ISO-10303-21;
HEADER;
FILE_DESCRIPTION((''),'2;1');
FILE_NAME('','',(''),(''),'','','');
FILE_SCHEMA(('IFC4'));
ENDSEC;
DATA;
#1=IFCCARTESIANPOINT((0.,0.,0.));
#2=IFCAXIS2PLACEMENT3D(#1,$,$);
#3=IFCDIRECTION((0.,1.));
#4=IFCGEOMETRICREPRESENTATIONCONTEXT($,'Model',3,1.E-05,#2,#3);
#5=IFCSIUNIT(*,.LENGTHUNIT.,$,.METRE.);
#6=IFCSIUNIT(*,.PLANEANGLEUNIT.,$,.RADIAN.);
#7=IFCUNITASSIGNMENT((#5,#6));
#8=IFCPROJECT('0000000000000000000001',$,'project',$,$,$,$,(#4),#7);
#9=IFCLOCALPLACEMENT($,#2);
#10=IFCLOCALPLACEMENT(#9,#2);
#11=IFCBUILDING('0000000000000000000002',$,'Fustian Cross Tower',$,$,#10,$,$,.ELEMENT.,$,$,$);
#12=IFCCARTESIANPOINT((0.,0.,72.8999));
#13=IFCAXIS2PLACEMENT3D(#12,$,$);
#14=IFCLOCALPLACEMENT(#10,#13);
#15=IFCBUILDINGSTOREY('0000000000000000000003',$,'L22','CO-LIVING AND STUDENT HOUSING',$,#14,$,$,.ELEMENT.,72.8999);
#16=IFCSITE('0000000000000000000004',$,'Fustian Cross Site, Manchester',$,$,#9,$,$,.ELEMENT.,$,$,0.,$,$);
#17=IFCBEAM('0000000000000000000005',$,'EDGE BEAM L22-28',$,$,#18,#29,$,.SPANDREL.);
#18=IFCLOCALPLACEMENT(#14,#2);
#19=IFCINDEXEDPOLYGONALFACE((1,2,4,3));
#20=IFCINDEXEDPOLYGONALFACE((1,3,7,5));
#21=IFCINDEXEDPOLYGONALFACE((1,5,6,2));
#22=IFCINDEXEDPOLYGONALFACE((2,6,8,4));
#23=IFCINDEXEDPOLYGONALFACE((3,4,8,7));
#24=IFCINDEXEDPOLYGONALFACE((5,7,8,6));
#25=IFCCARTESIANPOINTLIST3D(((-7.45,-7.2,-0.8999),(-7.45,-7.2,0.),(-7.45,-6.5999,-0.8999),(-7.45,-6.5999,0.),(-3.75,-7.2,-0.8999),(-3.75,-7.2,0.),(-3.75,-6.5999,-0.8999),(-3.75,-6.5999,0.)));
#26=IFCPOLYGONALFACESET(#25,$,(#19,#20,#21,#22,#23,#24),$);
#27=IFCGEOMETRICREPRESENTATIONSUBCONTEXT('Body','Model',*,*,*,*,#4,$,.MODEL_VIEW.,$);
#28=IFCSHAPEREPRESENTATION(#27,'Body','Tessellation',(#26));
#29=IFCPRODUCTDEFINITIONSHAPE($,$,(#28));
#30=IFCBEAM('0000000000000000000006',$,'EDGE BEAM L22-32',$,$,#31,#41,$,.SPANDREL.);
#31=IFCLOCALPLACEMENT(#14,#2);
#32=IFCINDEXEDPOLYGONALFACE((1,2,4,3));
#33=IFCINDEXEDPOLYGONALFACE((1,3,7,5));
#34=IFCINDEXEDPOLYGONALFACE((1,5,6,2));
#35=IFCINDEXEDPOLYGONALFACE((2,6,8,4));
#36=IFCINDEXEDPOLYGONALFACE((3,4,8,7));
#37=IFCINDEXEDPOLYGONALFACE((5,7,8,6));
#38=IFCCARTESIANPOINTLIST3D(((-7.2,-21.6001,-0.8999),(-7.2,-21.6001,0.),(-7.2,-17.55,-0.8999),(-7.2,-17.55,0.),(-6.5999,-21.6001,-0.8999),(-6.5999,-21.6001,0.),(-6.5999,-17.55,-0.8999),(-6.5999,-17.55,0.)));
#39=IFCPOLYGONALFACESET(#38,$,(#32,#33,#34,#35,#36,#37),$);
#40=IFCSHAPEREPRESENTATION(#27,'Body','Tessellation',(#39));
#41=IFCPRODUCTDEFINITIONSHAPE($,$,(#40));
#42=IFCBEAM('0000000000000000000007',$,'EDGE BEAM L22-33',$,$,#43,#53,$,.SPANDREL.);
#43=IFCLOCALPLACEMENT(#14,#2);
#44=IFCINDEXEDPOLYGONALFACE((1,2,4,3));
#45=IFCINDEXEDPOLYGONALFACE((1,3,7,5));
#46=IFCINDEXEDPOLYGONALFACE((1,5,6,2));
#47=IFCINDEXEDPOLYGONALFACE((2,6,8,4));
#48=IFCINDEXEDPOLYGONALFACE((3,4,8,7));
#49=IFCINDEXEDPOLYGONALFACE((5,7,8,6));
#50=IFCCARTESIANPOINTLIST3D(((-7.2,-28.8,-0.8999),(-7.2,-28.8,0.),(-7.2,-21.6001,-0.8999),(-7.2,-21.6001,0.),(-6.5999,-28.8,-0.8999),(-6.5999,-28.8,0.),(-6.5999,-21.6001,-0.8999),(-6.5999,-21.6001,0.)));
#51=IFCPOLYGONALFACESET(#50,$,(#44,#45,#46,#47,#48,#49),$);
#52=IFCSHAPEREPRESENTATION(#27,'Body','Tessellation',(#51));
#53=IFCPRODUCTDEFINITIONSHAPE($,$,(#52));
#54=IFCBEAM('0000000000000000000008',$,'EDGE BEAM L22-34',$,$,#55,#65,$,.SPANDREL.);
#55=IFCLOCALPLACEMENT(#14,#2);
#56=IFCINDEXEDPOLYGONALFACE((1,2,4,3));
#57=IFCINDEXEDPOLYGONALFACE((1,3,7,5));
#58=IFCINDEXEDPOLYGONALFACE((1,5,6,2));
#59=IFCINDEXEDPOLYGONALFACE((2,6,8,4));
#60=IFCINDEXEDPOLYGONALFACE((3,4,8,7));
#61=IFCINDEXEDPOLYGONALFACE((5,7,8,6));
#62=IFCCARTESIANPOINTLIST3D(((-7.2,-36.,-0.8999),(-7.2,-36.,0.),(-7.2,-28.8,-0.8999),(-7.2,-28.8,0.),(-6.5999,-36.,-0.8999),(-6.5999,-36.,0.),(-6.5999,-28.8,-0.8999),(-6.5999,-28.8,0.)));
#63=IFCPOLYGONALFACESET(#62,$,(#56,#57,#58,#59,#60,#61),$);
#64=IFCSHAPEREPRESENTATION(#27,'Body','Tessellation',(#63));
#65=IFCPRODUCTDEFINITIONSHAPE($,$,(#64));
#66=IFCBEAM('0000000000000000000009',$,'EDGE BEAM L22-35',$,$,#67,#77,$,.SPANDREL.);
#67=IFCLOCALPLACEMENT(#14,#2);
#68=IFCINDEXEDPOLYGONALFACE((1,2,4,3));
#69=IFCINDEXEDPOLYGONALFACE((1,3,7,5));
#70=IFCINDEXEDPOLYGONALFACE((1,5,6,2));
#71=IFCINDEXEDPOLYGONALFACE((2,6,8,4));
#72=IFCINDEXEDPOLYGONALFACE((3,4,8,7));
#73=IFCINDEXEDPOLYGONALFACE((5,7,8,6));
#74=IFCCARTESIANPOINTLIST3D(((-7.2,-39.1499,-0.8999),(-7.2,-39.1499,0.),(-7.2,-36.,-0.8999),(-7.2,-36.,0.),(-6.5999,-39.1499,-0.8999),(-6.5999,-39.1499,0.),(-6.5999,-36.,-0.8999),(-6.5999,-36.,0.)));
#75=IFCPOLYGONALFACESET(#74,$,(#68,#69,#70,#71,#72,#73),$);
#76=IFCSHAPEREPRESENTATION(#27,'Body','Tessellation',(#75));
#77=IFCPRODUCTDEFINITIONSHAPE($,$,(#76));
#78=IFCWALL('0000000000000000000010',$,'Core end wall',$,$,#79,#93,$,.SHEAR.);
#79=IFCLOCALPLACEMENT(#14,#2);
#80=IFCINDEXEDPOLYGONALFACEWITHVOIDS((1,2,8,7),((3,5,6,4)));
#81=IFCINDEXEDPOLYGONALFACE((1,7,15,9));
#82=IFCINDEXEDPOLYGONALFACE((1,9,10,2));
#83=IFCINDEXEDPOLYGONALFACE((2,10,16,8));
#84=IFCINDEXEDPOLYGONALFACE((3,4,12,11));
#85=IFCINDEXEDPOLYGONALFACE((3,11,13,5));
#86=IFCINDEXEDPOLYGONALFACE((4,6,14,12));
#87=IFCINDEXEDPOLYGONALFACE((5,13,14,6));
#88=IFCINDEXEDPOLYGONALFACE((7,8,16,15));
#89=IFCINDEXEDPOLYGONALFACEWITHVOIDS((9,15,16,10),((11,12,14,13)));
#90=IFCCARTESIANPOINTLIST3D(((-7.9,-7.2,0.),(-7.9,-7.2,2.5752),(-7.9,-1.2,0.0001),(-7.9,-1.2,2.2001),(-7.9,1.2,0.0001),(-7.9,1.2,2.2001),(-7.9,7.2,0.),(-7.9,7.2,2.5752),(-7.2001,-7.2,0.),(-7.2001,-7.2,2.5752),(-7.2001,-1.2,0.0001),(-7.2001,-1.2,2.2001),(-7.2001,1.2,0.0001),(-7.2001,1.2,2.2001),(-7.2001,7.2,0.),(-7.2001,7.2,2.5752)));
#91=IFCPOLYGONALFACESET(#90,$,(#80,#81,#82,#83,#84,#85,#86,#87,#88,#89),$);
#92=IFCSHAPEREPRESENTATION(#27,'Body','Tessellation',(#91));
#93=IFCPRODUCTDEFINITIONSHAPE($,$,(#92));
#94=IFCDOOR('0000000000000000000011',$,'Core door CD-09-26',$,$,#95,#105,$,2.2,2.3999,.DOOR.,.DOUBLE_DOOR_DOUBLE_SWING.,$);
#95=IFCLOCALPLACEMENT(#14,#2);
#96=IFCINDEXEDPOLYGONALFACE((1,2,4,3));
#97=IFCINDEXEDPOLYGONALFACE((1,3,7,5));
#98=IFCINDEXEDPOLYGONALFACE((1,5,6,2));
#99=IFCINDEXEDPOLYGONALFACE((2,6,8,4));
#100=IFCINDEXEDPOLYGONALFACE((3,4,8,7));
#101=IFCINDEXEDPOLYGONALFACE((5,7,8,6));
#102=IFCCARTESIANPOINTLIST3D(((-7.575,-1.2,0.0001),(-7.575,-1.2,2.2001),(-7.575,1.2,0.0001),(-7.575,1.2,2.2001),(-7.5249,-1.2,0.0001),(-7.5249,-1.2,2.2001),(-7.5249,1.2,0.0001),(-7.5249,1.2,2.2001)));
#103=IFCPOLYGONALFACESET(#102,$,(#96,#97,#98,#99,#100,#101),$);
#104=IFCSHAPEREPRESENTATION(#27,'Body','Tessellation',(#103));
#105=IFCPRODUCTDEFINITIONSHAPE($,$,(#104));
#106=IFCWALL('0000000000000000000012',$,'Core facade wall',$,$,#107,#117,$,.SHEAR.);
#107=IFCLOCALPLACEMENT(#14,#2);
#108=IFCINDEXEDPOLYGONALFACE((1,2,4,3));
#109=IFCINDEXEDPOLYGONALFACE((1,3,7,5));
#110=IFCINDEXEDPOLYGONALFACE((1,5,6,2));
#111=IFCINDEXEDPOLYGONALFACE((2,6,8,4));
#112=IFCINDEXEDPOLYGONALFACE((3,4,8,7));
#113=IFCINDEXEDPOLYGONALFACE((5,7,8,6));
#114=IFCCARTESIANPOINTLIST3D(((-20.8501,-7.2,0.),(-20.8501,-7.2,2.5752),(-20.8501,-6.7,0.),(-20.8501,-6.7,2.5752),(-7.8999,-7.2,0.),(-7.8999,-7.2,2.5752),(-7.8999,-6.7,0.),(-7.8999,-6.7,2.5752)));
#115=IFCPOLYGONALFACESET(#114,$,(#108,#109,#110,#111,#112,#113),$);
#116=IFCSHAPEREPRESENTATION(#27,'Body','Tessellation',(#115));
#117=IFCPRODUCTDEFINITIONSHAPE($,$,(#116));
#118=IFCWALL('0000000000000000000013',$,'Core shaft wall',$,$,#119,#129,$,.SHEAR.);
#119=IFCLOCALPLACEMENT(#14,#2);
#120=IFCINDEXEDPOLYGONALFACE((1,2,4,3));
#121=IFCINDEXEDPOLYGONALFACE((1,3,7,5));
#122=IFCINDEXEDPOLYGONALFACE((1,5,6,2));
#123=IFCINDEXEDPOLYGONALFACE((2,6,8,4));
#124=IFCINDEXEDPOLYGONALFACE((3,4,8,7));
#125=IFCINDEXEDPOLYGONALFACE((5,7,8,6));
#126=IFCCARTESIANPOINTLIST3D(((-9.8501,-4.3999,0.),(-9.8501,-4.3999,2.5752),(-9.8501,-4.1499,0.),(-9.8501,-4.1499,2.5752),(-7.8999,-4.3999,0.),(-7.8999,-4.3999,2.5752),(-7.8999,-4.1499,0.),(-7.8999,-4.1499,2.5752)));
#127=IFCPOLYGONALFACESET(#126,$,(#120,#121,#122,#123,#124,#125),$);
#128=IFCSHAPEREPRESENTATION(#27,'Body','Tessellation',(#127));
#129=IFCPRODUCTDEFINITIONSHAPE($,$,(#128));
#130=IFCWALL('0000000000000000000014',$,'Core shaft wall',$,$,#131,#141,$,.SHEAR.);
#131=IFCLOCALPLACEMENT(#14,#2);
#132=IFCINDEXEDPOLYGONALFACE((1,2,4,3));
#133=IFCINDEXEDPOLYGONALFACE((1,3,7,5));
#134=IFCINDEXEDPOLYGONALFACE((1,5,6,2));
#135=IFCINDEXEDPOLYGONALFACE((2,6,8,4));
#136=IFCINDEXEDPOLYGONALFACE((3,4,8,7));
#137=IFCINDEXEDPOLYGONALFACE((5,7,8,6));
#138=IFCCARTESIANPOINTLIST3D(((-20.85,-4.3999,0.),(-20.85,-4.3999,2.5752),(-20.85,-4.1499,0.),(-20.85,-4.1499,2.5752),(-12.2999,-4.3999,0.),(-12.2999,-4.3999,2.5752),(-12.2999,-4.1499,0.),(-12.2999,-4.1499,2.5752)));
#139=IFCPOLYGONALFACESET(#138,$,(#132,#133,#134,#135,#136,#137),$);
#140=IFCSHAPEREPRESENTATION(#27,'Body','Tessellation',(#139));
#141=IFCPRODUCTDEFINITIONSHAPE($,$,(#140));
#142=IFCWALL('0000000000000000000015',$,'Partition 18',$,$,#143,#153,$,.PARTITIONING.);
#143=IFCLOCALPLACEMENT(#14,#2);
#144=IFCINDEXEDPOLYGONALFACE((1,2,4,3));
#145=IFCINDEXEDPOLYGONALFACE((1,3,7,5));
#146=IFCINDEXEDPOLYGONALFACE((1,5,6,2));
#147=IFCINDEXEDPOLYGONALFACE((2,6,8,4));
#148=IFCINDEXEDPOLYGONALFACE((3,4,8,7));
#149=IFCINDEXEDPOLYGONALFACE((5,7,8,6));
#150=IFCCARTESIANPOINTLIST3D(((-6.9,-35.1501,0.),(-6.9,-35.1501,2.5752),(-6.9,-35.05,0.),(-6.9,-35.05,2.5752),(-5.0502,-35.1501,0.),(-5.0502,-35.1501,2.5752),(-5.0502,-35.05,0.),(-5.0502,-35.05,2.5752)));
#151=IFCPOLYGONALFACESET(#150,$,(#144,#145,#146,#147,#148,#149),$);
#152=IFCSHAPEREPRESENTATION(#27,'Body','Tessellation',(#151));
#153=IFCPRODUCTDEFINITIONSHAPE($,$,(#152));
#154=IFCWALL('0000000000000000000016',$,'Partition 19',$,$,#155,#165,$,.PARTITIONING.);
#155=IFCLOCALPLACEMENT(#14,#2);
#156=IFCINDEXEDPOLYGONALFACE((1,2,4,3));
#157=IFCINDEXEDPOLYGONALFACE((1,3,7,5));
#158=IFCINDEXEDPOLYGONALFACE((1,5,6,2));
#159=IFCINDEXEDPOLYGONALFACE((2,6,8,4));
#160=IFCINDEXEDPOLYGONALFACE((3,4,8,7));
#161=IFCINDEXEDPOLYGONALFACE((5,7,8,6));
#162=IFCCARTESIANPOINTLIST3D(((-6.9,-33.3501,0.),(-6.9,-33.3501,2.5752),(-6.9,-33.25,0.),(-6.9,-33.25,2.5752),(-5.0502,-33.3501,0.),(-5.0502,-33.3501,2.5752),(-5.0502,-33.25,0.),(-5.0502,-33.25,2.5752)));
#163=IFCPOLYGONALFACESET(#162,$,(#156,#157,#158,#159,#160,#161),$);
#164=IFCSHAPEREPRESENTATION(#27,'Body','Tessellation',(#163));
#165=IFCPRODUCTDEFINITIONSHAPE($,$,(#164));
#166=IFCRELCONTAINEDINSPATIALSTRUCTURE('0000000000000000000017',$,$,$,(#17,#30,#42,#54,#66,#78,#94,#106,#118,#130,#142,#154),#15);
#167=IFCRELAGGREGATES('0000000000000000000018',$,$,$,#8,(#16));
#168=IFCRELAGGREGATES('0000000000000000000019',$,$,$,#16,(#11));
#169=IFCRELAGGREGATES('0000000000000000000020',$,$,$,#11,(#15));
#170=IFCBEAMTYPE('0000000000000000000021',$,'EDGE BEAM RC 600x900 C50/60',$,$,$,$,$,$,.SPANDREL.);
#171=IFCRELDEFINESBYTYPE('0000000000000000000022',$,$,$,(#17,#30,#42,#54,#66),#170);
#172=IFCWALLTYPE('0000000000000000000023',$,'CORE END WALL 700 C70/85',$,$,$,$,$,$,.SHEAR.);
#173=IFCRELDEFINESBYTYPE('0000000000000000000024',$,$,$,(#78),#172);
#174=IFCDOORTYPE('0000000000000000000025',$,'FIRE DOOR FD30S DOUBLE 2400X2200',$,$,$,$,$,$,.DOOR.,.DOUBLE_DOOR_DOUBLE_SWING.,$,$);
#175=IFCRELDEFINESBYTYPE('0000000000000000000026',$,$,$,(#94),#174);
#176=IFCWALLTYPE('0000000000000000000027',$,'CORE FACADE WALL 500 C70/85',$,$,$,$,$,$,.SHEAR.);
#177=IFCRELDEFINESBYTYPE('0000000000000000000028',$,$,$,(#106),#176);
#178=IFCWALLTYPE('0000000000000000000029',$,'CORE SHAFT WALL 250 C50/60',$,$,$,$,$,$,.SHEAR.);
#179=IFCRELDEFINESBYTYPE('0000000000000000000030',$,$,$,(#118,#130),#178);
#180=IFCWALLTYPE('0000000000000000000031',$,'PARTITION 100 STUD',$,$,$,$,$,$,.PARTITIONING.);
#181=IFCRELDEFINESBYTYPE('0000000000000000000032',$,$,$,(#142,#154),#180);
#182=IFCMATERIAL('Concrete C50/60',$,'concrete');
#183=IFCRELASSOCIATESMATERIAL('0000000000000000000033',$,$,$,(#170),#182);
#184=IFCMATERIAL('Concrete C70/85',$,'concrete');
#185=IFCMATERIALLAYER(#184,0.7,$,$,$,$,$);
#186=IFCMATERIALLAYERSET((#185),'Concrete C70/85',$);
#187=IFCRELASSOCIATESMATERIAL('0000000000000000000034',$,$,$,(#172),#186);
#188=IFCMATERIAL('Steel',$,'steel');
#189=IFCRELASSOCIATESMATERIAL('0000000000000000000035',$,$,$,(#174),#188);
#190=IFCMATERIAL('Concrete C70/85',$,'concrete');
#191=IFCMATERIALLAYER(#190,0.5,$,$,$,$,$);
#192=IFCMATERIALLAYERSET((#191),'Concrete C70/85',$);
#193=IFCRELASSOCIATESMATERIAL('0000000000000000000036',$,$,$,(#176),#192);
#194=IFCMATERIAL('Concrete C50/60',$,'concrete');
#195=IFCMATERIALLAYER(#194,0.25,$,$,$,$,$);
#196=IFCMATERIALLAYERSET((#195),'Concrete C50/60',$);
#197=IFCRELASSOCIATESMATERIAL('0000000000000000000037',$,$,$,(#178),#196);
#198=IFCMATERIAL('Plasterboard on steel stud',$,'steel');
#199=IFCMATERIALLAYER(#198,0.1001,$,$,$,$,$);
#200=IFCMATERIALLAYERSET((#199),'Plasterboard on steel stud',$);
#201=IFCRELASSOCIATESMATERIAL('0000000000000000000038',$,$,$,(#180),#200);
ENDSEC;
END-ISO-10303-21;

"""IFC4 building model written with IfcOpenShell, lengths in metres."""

from ifc_helpers import new_model, si_unit, direction, frame, frame_2d, origin, origin_2d, place, context, subcontext, project, spatial, rectangle, extrude, material, layer, layer_set, material_profile, profile_set, type_object, element, fill, save


model = new_model("IFC4")

# Units and contexts
model_context = context("Model", 3, precision=1e-05, world=origin(), true_north=direction((0.0, 1.0)))
body_context = subcontext(model_context, "Body", "Model", "MODEL_VIEW")
ifc_project = project(units=[si_unit("LENGTHUNIT", "METRE"), si_unit("PLANEANGLEUNIT", "RADIAN")], contexts=[model_context])

# Site, building, storey
site_placement = place(None, origin())
site = spatial("IfcSite", under=ifc_project, at=site_placement, Name="Fustian Cross Site, Manchester", CompositionType="ELEMENT", RefElevation=0.0)
building_placement = place(site_placement, origin())
building = spatial("IfcBuilding", under=site, at=building_placement, Name="Fustian Cross Tower", CompositionType="ELEMENT")
storey_placement = place(building_placement, frame((0.0, 0.0, 72.8999)))
storey = spatial("IfcBuildingStorey", under=building, at=storey_placement, Name="L22", Description="CO-LIVING AND STUDENT HOUSING", CompositionType="ELEMENT", Elevation=72.8999)

# Beams
ifc_material_1 = material(Name="Concrete C50/60", Category="concrete")
ifc_material_profile = material_profile(ifc_material_1, rectangle(XDim=0.6001, YDim=0.8999, at=origin_2d()), Name="RC 600x900")
ifc_profile_set = profile_set([ifc_material_profile], Name="Concrete C50/60")
beam_type = type_object("IfcBeamType", Name="EDGE BEAM RC 600x900 C50/60", PredefinedType="SPANDREL", material=ifc_profile_set)
beam_1_placement = place(storey_placement, frame((-7.45, -6.8999, -0.45), z_axis=(1.0, 0.0, 0.0), x_axis=(0.0, 1.0, 0.0)))
element("IfcBeam", 1, at=beam_1_placement, inside=storey, type_object=beam_type, Name="EDGE BEAM L22-28", PredefinedType="SPANDREL", context=body_context, shape_type="SweptSolid", body=[
    extrude(rectangle(XDim=0.6001, YDim=0.8999, at=origin_2d()), origin(), (0.0, 0.0, 1.0), 3.7),
])
beam_2_placement = place(storey_placement, frame((-6.8999, -17.55, -0.45), z_axis=(0.0, -1.0, 0.0), x_axis=(1.0, 0.0, 0.0)))
element("IfcBeam", 2, at=beam_2_placement, inside=storey, type_object=beam_type, Name="EDGE BEAM L22-32", PredefinedType="SPANDREL", context=body_context, shape_type="SweptSolid", body=[
    extrude(rectangle(XDim=0.6001, YDim=0.8999, at=origin_2d()), origin(), (0.0, 0.0, 1.0), 4.05),
])
for number, where, z_axis, x_axis, name in (
    (3, (-6.8999, -21.6001, -0.45), (0.0, -1.0, 0.0), (1.0, 0.0, 0.0), "EDGE BEAM L22-33"),
    (4, (-6.8999, -28.8, -0.45), (0.0, -1.0, 0.0), (1.0, 0.0, 0.0), "EDGE BEAM L22-34"),
):
    element("IfcBeam", number, at=place(storey_placement, frame(where, z_axis=z_axis, x_axis=x_axis)), inside=storey, type_object=beam_type, Name=name, PredefinedType="SPANDREL", context=body_context, shape_type="SweptSolid", body=[
        extrude(rectangle(XDim=0.6001, YDim=0.8999, at=origin_2d()), origin(), (0.0, 0.0, 1.0), 7.2),
    ])
beam_3_placement = place(storey_placement, frame((-6.8999, -36.0, -0.45), z_axis=(0.0, -1.0, 0.0), x_axis=(1.0, 0.0, 0.0)))
element("IfcBeam", 5, at=beam_3_placement, inside=storey, type_object=beam_type, Name="EDGE BEAM L22-35", PredefinedType="SPANDREL", context=body_context, shape_type="SweptSolid", body=[
    extrude(rectangle(XDim=0.6001, YDim=0.8999, at=origin_2d()), origin(), (0.0, 0.0, 1.0), 3.1499),
])

# Wall, opening, door
ifc_material_2 = material(Name="Concrete C70/85", Category="concrete")
ifc_layer_1 = layer(ifc_material_2, 0.7)
ifc_layer_set_1 = layer_set([ifc_layer_1], Name="Concrete C70/85")
wall_type_1 = type_object("IfcWallType", Name="CORE END WALL 700 C70/85", PredefinedType="SHEAR", material=ifc_layer_set_1)
wall_1_placement = place(storey_placement, frame((-7.55, -7.2, 0.0), z_axis=(0.0, 0.0, 1.0), x_axis=(0.0, 1.0, 0.0)))
wall_1 = element("IfcWall", 6, at=wall_1_placement, inside=storey, type_object=wall_type_1, Name="Core end wall", PredefinedType="SHEAR", context=body_context, shape_type="SweptSolid", body=[
    extrude(rectangle(XDim=14.3999, YDim=0.7, at=frame_2d((7.2, 0.0))), origin(), (0.0, 0.0, 1.0), 2.5752),
])
opening_1_placement = place(wall_1_placement, frame((6.0, 0.0, 0.0)))
opening_1 = element("IfcOpeningElement", 7, at=opening_1_placement, cuts=wall_1, PredefinedType="OPENING", context=body_context, shape_type="SweptSolid", body=[
    extrude(rectangle(XDim=2.3999, YDim=2.2, at=frame_2d((1.2, 1.1001))), frame((0.0, 0.3599, 0.0), z_axis=(0.0, -1.0, 0.0), x_axis=(1.0, 0.0, 0.0)), (0.0, 0.0, 1.0), 0.72),
])
ifc_material_3 = material(Name="Steel", Category="steel")
door_type_1 = type_object("IfcDoorType", Name="FIRE DOOR FD30S DOUBLE 2400X2200", OperationType="DOUBLE_DOOR_DOUBLE_SWING", PredefinedType="DOOR", material=ifc_material_3)
door_1_placement = place(opening_1_placement, origin())
door_1 = element("IfcDoor", 8, at=door_1_placement, inside=storey, type_object=door_type_1, Name="Core door CD-09-26", OperationType="DOUBLE_DOOR_DOUBLE_SWING", OverallHeight=2.2, OverallWidth=2.3999, PredefinedType="DOOR", context=body_context, shape_type="SweptSolid", body=[
    extrude(rectangle(XDim=2.3999, YDim=2.2, at=frame_2d((1.2, 1.1001))), frame((0.0, 0.0249, 0.0), z_axis=(0.0, -1.0, 0.0), x_axis=(1.0, 0.0, 0.0)), (0.0, 0.0, 1.0), 0.05),
])
fill(opening_1, door_1)

# Walls
ifc_material_4 = material(Name="Concrete C70/85", Category="concrete")
ifc_layer_2 = layer(ifc_material_4, 0.5)
ifc_layer_set_2 = layer_set([ifc_layer_2], Name="Concrete C70/85")
wall_type_2 = type_object("IfcWallType", Name="CORE FACADE WALL 500 C70/85", PredefinedType="SHEAR", material=ifc_layer_set_2)
wall_2_placement = place(storey_placement, frame((-7.8999, -6.95, 0.0), z_axis=(0.0, 0.0, 1.0), x_axis=(-1.0, 0.0, 0.0)))
element("IfcWall", 9, at=wall_2_placement, inside=storey, type_object=wall_type_2, Name="Core facade wall", PredefinedType="SHEAR", context=body_context, shape_type="SweptSolid", body=[
    extrude(rectangle(XDim=12.9502, YDim=0.5, at=frame_2d((6.4751, 0.0))), origin(), (0.0, 0.0, 1.0), 2.5752),
])
ifc_material_5 = material(Name="Concrete C50/60", Category="concrete")
ifc_layer_3 = layer(ifc_material_5, 0.25)
ifc_layer_set_3 = layer_set([ifc_layer_3], Name="Concrete C50/60")
wall_type_3 = type_object("IfcWallType", Name="CORE SHAFT WALL 250 C50/60", PredefinedType="SHEAR", material=ifc_layer_set_3)
wall_3_placement = place(storey_placement, frame((-7.8999, -4.2749, 0.0), z_axis=(0.0, 0.0, 1.0), x_axis=(-1.0, 0.0, 0.0)))
element("IfcWall", 10, at=wall_3_placement, inside=storey, type_object=wall_type_3, Name="Core shaft wall", PredefinedType="SHEAR", context=body_context, shape_type="SweptSolid", body=[
    extrude(rectangle(XDim=1.9502, YDim=0.25, at=frame_2d((0.9751, 0.0))), origin(), (0.0, 0.0, 1.0), 2.5752),
])
wall_4_placement = place(storey_placement, frame((-12.3, -4.2749, 0.0), z_axis=(0.0, 0.0, 1.0), x_axis=(-1.0, 0.0, 0.0)))
element("IfcWall", 11, at=wall_4_placement, inside=storey, type_object=wall_type_3, Name="Core shaft wall", PredefinedType="SHEAR", context=body_context, shape_type="SweptSolid", body=[
    extrude(rectangle(XDim=8.55, YDim=0.25, at=frame_2d((4.2749, 0.0))), origin(), (0.0, 0.0, 1.0), 2.5752),
])
ifc_material_6 = material(Name="Plasterboard on steel stud", Category="steel")
ifc_layer_4 = layer(ifc_material_6, 0.1001)
ifc_layer_set_4 = layer_set([ifc_layer_4], Name="Plasterboard on steel stud")
wall_type_4 = type_object("IfcWallType", Name="PARTITION 100 STUD", PredefinedType="PARTITIONING", material=ifc_layer_set_4)
for number, where, z_axis, x_axis, name in (
    (12, (-6.8999, -35.1001, 0.0), (0.0, 0.0, 1.0), (1.0, 0.0, 0.0), "Partition 18"),
    (13, (-6.8999, -33.3, 0.0), (0.0, 0.0, 1.0), (1.0, 0.0, 0.0), "Partition 19"),
):
    element("IfcWall", number, at=place(storey_placement, frame(where, z_axis=z_axis, x_axis=x_axis)), inside=storey, type_object=wall_type_4, Name=name, PredefinedType="PARTITIONING", context=body_context, shape_type="SweptSolid", body=[
        extrude(rectangle(XDim=1.8499, YDim=0.1001, at=frame_2d((0.9248, 0.0))), origin(), (0.0, 0.0, 1.0), 2.5752),
    ])

save(model, "model.ifc")
